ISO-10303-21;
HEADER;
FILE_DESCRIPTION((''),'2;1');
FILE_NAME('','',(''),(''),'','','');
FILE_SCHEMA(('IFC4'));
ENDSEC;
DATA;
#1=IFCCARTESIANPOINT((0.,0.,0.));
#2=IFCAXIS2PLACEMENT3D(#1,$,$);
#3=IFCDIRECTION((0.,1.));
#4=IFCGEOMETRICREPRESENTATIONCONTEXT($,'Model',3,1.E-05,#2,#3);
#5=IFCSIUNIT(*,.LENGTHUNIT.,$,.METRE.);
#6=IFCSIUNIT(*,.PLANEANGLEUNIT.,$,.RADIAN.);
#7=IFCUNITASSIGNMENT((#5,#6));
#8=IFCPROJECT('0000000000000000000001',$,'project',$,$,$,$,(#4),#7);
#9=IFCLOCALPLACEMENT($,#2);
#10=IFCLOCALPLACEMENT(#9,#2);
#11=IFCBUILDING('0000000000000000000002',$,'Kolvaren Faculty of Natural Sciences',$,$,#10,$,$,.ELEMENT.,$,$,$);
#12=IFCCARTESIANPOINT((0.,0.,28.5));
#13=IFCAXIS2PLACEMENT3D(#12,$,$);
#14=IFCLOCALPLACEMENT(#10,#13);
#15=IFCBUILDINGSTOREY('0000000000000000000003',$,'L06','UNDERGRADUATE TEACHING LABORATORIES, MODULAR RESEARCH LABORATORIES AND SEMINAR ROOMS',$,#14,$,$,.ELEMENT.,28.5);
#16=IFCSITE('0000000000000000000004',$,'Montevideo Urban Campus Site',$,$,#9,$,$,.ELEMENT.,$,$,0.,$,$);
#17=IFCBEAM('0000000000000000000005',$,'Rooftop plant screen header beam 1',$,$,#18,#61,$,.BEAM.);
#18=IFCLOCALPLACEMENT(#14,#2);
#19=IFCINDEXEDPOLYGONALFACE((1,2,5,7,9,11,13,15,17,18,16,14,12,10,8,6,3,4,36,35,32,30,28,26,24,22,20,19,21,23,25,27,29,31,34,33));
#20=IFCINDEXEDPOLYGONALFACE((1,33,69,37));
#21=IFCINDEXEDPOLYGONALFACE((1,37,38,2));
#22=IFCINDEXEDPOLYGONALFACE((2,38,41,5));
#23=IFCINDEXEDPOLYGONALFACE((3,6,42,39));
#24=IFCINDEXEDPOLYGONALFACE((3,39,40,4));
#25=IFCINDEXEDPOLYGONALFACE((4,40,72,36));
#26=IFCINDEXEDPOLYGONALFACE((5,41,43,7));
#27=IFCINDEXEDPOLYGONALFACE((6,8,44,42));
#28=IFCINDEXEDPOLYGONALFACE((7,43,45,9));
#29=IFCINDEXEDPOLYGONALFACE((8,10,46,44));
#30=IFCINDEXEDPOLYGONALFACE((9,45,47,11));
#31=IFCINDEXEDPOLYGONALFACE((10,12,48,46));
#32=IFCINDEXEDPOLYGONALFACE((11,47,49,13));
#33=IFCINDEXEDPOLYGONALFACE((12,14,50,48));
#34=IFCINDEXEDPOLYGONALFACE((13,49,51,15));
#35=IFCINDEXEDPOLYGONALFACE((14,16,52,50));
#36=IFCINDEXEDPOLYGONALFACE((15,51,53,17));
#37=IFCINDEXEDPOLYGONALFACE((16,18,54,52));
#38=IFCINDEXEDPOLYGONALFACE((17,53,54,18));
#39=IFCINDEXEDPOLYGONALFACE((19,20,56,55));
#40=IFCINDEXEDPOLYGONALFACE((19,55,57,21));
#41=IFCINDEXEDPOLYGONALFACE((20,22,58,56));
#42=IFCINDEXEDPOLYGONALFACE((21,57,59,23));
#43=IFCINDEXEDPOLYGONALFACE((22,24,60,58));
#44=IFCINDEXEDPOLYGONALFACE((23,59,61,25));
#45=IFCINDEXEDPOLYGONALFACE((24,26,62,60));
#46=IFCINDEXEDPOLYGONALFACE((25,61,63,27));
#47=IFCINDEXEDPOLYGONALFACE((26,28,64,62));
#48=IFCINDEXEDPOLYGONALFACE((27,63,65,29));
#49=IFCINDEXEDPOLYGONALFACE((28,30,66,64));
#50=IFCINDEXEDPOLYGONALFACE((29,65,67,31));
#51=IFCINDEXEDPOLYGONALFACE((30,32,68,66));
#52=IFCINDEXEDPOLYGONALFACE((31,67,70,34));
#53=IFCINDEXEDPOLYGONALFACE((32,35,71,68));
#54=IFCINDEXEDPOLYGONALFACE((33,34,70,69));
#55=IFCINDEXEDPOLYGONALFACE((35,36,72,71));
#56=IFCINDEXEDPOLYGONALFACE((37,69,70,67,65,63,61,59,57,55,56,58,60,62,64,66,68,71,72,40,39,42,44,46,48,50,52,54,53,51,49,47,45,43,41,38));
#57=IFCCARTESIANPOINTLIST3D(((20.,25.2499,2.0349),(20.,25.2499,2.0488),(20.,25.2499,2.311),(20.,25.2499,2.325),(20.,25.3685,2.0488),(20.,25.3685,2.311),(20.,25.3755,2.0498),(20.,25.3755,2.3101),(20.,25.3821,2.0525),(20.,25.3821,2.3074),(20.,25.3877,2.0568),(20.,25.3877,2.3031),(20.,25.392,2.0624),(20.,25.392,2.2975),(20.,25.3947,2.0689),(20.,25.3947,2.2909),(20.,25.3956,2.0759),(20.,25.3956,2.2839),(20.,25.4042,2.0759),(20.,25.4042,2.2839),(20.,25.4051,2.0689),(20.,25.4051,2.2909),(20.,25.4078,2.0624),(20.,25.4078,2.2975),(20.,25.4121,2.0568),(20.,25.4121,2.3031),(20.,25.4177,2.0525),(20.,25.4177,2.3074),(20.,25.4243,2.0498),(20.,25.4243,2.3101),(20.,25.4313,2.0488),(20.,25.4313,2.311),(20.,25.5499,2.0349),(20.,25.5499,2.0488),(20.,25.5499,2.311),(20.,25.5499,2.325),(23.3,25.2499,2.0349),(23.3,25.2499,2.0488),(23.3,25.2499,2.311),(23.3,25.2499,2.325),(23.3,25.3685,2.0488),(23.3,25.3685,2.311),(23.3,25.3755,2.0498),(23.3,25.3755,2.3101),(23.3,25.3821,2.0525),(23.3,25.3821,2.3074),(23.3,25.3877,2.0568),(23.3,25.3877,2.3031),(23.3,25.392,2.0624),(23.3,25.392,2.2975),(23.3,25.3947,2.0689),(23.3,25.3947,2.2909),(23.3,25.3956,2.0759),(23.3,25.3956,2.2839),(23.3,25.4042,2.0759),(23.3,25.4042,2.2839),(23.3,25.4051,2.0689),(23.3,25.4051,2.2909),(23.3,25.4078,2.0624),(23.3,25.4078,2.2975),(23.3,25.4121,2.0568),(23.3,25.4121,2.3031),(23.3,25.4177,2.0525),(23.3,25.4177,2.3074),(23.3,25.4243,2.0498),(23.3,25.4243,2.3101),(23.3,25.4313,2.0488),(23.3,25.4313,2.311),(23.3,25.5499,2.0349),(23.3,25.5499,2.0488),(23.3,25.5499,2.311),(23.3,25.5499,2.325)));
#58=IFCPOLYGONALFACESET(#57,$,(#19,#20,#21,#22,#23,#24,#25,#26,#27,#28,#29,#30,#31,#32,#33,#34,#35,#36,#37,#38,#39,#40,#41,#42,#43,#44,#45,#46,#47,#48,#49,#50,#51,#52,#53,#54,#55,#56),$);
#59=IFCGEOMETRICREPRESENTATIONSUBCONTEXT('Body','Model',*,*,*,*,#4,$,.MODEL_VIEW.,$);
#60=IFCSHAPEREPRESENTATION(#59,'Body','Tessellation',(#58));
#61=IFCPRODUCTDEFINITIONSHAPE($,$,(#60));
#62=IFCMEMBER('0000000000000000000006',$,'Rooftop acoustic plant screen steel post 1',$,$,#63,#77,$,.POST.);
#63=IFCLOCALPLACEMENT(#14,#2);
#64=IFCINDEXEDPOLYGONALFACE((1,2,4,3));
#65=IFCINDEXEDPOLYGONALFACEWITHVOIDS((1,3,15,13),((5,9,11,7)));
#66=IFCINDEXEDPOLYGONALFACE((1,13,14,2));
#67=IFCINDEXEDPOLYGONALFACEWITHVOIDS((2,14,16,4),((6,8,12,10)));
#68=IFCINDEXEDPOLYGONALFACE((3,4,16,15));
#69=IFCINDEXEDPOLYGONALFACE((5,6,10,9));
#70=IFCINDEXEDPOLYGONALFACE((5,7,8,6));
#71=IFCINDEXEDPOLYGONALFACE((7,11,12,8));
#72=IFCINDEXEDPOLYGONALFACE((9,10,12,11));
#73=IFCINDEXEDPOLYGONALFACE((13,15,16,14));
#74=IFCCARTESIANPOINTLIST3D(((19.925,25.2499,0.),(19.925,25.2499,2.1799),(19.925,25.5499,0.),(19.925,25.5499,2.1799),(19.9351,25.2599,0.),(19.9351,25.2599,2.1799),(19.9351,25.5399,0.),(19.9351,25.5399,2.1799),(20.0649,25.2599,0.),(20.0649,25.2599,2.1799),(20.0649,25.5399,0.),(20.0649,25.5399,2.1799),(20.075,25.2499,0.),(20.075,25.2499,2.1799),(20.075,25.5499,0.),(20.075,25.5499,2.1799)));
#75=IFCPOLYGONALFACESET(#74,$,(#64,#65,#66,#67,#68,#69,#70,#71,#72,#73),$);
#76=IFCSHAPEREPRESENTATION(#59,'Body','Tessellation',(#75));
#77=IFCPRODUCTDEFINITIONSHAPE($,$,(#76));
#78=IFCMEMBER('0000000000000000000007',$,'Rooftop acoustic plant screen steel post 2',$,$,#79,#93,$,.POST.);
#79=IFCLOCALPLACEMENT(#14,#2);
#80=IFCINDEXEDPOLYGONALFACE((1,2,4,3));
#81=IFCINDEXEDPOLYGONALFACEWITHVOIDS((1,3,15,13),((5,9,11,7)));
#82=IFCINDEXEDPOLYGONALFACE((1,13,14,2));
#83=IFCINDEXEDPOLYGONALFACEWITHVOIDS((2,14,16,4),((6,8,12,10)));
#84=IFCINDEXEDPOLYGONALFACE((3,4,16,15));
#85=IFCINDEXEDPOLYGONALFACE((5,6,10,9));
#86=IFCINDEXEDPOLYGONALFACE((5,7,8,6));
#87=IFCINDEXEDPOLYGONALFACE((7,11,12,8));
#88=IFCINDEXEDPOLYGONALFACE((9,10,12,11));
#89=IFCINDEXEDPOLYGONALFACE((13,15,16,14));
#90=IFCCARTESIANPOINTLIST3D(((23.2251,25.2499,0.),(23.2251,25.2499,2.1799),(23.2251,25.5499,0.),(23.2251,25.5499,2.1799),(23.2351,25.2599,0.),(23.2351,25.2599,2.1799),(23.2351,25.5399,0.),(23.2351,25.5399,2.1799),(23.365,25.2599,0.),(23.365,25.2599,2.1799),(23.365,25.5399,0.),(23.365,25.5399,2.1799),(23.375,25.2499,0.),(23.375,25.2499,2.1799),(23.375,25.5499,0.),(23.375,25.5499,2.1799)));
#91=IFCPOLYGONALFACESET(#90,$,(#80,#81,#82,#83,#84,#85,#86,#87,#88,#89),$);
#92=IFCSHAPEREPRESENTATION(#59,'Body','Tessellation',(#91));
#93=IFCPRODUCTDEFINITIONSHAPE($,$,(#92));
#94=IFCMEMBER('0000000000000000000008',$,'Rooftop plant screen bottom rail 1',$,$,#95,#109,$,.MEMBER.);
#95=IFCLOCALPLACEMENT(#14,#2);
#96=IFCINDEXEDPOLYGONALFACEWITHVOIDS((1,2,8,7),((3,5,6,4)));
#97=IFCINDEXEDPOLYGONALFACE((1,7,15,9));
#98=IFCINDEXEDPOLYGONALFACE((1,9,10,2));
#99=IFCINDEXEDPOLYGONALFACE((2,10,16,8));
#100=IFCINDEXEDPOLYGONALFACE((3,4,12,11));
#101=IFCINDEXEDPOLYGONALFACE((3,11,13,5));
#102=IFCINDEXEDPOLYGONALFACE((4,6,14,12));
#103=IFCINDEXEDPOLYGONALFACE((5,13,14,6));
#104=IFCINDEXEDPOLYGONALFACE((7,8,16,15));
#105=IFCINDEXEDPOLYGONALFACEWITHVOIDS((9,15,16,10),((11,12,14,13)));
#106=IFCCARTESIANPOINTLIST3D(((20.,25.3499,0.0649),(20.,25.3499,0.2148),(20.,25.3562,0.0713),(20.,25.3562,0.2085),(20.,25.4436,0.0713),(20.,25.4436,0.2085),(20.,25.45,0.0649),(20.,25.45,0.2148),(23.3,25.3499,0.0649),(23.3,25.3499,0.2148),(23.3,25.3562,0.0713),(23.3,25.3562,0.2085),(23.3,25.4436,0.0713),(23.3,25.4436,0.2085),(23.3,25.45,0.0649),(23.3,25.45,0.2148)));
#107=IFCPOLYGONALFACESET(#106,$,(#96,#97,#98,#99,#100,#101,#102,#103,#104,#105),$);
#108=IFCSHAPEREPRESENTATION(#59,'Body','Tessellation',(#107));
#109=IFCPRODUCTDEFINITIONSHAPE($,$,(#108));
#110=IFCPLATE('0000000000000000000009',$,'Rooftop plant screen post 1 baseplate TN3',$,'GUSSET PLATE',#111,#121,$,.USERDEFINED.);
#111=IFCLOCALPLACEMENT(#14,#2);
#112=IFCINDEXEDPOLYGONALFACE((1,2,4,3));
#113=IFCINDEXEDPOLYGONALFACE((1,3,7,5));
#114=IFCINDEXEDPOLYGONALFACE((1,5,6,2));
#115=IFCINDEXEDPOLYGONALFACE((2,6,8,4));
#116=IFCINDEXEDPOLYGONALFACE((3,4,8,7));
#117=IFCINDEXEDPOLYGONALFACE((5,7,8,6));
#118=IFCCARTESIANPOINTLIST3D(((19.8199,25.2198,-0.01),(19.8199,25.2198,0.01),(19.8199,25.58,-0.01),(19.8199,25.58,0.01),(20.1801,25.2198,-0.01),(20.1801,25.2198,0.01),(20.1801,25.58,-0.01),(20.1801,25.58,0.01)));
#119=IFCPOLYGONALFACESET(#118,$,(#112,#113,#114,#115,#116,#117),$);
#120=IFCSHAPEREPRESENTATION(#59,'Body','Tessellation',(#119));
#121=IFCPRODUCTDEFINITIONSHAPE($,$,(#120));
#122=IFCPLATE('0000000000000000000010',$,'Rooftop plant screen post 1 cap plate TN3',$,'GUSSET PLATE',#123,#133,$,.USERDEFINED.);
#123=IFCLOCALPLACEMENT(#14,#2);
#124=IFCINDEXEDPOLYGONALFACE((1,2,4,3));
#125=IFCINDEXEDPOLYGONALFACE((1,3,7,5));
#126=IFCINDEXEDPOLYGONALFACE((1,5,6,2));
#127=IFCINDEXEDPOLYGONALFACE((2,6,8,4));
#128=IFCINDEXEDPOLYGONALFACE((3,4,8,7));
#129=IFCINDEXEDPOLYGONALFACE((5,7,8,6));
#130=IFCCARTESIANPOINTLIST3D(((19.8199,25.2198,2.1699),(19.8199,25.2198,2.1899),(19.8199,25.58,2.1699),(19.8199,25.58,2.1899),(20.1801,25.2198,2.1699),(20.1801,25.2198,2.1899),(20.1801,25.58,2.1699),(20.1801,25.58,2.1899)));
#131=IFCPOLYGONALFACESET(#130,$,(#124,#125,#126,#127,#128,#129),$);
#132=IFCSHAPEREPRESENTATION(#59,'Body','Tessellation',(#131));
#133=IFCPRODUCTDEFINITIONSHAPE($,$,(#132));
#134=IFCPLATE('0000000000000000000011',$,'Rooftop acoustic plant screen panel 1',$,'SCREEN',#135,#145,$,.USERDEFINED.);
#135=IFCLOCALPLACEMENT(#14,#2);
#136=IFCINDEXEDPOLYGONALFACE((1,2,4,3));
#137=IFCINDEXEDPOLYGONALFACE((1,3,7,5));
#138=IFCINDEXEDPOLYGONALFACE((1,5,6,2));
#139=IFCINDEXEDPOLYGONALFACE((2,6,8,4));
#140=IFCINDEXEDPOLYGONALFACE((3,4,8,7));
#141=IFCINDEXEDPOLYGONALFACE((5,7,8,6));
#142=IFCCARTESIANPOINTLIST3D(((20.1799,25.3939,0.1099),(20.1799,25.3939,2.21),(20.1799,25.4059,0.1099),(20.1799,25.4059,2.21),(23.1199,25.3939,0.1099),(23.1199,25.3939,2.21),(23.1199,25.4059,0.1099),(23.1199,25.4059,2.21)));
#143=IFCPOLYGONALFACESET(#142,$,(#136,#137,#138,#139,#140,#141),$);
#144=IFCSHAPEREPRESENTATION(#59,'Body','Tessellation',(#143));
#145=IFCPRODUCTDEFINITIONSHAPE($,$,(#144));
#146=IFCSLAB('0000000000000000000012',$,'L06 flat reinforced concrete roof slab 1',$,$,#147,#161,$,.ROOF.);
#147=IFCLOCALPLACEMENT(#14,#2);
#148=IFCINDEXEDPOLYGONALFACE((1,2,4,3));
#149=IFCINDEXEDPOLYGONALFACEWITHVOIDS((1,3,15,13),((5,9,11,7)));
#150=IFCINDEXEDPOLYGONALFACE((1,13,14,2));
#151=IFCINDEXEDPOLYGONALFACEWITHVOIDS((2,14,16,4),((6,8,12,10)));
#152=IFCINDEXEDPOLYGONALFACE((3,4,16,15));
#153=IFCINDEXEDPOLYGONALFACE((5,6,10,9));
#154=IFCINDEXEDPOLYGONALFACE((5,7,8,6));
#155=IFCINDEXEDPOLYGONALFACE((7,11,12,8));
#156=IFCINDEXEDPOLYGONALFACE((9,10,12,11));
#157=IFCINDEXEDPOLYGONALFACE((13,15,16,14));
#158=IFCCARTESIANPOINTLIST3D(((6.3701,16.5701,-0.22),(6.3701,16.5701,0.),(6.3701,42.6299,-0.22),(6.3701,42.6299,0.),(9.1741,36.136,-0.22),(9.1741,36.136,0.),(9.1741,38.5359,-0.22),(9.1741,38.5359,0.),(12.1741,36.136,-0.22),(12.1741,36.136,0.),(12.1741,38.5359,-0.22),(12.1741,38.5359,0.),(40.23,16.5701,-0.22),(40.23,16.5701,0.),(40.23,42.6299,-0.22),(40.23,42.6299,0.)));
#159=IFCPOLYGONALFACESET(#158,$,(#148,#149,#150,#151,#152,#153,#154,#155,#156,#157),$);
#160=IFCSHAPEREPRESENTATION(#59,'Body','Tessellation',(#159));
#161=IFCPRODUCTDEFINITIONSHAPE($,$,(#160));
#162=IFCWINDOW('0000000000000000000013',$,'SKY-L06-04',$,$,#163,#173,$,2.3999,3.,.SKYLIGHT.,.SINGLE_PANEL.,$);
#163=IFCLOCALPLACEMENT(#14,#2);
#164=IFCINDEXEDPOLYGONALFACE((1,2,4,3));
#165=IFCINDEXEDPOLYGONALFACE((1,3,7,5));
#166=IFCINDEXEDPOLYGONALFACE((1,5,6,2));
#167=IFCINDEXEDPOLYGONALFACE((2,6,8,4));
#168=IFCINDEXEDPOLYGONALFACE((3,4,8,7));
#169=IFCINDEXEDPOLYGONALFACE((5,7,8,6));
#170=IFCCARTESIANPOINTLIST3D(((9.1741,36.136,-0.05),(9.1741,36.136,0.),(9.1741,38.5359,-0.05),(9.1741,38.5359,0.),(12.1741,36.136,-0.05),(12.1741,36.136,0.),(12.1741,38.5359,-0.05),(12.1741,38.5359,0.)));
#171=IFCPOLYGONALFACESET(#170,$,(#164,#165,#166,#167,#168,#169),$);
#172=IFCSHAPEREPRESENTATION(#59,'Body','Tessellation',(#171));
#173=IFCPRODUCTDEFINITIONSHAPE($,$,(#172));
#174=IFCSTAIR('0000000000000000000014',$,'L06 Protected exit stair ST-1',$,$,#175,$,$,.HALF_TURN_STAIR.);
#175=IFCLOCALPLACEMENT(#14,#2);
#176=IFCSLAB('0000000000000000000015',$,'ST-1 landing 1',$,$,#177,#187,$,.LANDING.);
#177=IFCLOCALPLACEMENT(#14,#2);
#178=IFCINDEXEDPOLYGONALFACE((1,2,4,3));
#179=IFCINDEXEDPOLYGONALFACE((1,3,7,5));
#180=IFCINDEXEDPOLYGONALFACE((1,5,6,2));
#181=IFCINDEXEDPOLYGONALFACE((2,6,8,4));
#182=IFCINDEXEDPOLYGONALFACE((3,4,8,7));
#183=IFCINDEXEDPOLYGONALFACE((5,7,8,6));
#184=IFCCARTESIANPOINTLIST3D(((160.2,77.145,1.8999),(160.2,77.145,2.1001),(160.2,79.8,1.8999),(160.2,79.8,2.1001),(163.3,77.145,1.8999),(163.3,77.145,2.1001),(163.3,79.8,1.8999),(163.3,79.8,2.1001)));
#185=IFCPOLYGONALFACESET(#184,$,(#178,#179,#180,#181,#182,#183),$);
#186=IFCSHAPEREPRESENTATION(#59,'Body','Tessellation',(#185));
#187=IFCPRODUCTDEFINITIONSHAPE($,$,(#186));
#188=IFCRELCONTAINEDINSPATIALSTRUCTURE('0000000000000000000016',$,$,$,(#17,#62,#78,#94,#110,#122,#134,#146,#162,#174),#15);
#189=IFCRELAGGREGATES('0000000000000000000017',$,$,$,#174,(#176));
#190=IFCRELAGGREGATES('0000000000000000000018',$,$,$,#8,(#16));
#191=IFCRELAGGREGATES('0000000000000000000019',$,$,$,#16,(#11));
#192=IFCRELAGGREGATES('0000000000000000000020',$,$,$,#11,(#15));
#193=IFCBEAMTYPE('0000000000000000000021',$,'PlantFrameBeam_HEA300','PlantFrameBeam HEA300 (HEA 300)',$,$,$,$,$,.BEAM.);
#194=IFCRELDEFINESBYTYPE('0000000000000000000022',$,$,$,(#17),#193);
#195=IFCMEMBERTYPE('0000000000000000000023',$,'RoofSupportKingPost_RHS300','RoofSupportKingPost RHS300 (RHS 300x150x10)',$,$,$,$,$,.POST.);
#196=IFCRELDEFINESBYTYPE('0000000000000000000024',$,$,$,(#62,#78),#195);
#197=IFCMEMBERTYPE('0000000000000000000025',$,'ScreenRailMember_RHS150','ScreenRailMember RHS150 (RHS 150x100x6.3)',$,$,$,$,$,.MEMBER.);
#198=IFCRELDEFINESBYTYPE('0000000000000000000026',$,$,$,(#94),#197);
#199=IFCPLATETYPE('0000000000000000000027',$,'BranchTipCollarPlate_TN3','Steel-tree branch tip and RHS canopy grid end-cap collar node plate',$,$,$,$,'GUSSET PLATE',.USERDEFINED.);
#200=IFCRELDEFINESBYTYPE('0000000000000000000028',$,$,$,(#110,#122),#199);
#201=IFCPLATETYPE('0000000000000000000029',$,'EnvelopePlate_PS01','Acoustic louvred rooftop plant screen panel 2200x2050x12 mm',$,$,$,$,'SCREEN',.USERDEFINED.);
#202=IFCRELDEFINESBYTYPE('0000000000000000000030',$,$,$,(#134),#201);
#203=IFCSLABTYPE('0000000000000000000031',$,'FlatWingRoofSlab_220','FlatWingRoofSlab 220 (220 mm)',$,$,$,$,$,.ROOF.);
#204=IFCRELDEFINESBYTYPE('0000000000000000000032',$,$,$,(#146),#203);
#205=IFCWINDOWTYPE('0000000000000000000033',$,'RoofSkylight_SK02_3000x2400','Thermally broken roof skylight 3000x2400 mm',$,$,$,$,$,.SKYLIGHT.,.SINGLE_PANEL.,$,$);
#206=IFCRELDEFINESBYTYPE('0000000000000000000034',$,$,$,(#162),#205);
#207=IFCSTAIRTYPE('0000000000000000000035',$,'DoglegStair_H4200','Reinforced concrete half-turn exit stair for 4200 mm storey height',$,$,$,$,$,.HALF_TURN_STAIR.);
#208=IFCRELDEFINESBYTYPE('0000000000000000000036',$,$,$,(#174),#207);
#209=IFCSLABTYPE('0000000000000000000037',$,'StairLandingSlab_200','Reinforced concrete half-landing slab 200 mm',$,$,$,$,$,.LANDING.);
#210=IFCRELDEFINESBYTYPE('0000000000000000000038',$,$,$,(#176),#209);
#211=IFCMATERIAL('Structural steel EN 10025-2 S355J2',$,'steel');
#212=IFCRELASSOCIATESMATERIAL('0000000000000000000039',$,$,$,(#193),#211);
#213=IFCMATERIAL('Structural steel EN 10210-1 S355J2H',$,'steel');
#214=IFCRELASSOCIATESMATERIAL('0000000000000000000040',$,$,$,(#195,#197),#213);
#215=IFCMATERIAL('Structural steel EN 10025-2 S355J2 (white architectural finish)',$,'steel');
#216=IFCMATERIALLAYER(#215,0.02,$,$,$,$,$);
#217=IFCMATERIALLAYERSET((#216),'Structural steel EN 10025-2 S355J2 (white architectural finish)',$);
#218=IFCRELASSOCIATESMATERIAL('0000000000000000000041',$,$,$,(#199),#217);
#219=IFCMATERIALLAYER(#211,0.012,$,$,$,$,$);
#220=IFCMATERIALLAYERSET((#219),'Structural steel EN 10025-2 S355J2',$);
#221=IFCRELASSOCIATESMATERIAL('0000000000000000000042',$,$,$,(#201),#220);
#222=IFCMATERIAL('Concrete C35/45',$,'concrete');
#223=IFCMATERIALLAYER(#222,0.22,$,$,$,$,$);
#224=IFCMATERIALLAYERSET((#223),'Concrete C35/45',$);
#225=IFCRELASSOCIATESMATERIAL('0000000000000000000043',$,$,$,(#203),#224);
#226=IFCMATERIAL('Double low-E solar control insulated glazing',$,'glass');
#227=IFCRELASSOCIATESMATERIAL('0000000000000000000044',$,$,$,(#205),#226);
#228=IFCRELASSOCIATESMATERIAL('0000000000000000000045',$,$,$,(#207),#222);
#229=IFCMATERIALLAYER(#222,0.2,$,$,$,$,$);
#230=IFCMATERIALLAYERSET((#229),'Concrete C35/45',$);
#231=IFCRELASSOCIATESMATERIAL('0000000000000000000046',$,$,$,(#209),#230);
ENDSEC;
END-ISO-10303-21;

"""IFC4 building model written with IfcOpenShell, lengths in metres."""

from ifc_helpers import new_model, si_unit, direction, frame, origin, origin_2d, place, context, subcontext, project, spatial, polyline, rectangle, hollow_rectangle, i_section, outline, extrude, material, layer, layer_set, material_profile, profile_set, type_object, element, fill, aggregate, save


model = new_model("IFC4")

# Units and contexts
model_context = context("Model", 3, precision=1e-05, world=origin(), true_north=direction((0.0, 1.0)))
body_context = subcontext(model_context, "Body", "Model", "MODEL_VIEW")
ifc_project = project(units=[si_unit("LENGTHUNIT", "METRE"), si_unit("PLANEANGLEUNIT", "RADIAN")], contexts=[model_context])

# Site, building, storey
site_placement = place(None, origin())
site = spatial("IfcSite", under=ifc_project, at=site_placement, Name="Montevideo Urban Campus Site", CompositionType="ELEMENT", RefElevation=0.0)
building_placement = place(site_placement, origin())
building = spatial("IfcBuilding", under=site, at=building_placement, Name="Kolvaren Faculty of Natural Sciences", CompositionType="ELEMENT")
storey_placement = place(building_placement, frame((0.0, 0.0, 28.5)))
storey = spatial("IfcBuildingStorey", under=building, at=storey_placement, Name="L06", Description="UNDERGRADUATE TEACHING LABORATORIES, MODULAR RESEARCH LABORATORIES AND SEMINAR ROOMS", CompositionType="ELEMENT", Elevation=28.5)

# Beam
ifc_material_1 = material(Name="Structural steel EN 10025-2 S355J2", Category="steel")
ifc_material_profile_1 = material_profile(ifc_material_1, i_section(OverallWidth=0.3, OverallDepth=0.29, WebThickness=0.0085, FlangeThickness=0.0139, FilletRadius=0.0271, at=origin_2d()), Name="HEA 300")
ifc_profile_set_1 = profile_set([ifc_material_profile_1], Name="Structural steel EN 10025-2 S355J2")
beam_type = type_object("IfcBeamType", Name="PlantFrameBeam_HEA300", Description="PlantFrameBeam HEA300 (HEA 300)", PredefinedType="BEAM", material=ifc_profile_set_1)
beam_placement = place(storey_placement, frame((20.0, 25.3999, 2.1799), z_axis=(1.0, 0.0, 0.0), x_axis=(0.0, 1.0, 0.0)))
element("IfcBeam", 1, at=beam_placement, inside=storey, type_object=beam_type, Name="Rooftop plant screen header beam 1", PredefinedType="BEAM", context=body_context, shape_type="SweptSolid", body=[
    extrude(i_section(OverallWidth=0.3, OverallDepth=0.29, WebThickness=0.0085, FlangeThickness=0.0139, FilletRadius=0.0271, at=origin_2d()), origin(), (0.0, 0.0, 1.0), 3.3),
])

# Members
ifc_material_2 = material(Name="Structural steel EN 10210-1 S355J2H", Category="steel")
ifc_material_profile_2 = material_profile(ifc_material_2, hollow_rectangle(XDim=0.1499, YDim=0.3, WallThickness=0.01, at=origin_2d()), Name="RHS 300x150x10")
ifc_profile_set_2 = profile_set([ifc_material_profile_2], Name="Structural steel EN 10210-1 S355J2H")
member_type_1 = type_object("IfcMemberType", Name="RoofSupportKingPost_RHS300", Description="RoofSupportKingPost RHS300 (RHS 300x150x10)", PredefinedType="POST", material=ifc_profile_set_2)
for number, where, z_axis, x_axis, name in (
    (2, (20.0, 25.3999, 0.0), (0.0, 0.0, 1.0), (1.0, 0.0, 0.0), "Rooftop acoustic plant screen steel post 1"),
    (3, (23.3, 25.3999, 0.0), (0.0, 0.0, 1.0), (1.0, 0.0, 0.0), "Rooftop acoustic plant screen steel post 2"),
):
    element("IfcMember", number, at=place(storey_placement, frame(where, z_axis=z_axis, x_axis=x_axis)), inside=storey, type_object=member_type_1, Name=name, PredefinedType="POST", context=body_context, shape_type="SweptSolid", body=[
        extrude(hollow_rectangle(XDim=0.1499, YDim=0.3, WallThickness=0.01, at=origin_2d()), origin(), (0.0, 0.0, 1.0), 2.1799),
    ])
ifc_material_profile_3 = material_profile(ifc_material_2, hollow_rectangle(XDim=0.1001, YDim=0.1499, WallThickness=0.0063, at=origin_2d()), Name="RHS 150x100x6.3")
ifc_profile_set_3 = profile_set([ifc_material_profile_3], Name="Structural steel EN 10210-1 S355J2H")
member_type_2 = type_object("IfcMemberType", Name="ScreenRailMember_RHS150", Description="ScreenRailMember RHS150 (RHS 150x100x6.3)", PredefinedType="MEMBER", material=ifc_profile_set_3)
member_placement = place(storey_placement, frame((20.0, 25.3999, 0.1399), z_axis=(1.0, 0.0, 0.0), x_axis=(0.0, 1.0, 0.0)))
element("IfcMember", 4, at=member_placement, inside=storey, type_object=member_type_2, Name="Rooftop plant screen bottom rail 1", PredefinedType="MEMBER", context=body_context, shape_type="SweptSolid", body=[
    extrude(hollow_rectangle(XDim=0.1001, YDim=0.1499, WallThickness=0.0063, at=origin_2d()), origin(), (0.0, 0.0, 1.0), 3.3),
])

# Plates
ifc_material_3 = material(Name="Structural steel EN 10025-2 S355J2 (white architectural finish)", Category="steel")
ifc_layer_1 = layer(ifc_material_3, 0.02)
ifc_layer_set_1 = layer_set([ifc_layer_1], Name="Structural steel EN 10025-2 S355J2 (white architectural finish)")
plate_type_1 = type_object("IfcPlateType", Name="BranchTipCollarPlate_TN3", Description="Steel-tree branch tip and RHS canopy grid end-cap collar node plate", ElementType="GUSSET PLATE", PredefinedType="USERDEFINED", material=ifc_layer_set_1)
for number, where, z_axis, x_axis, name in (
    (5, (20.0, 25.3999, -0.01), (0.0, 0.0, 1.0), (1.0, 0.0, 0.0), "Rooftop plant screen post 1 baseplate TN3"),
    (6, (20.0, 25.3999, 2.1699), (0.0, 0.0, 1.0), (1.0, 0.0, 0.0), "Rooftop plant screen post 1 cap plate TN3"),
):
    element("IfcPlate", number, at=place(storey_placement, frame(where, z_axis=z_axis, x_axis=x_axis)), inside=storey, type_object=plate_type_1, Name=name, ObjectType="GUSSET PLATE", PredefinedType="USERDEFINED", context=body_context, shape_type="SweptSolid", body=[
        extrude(rectangle(XDim=0.3601, YDim=0.3601, at=origin_2d()), origin(), (0.0, 0.0, 1.0), 0.02),
    ])
ifc_layer_2 = layer(ifc_material_1, 0.012)
ifc_layer_set_2 = layer_set([ifc_layer_2], Name="Structural steel EN 10025-2 S355J2")
plate_type_2 = type_object("IfcPlateType", Name="EnvelopePlate_PS01", Description="Acoustic louvred rooftop plant screen panel 2200x2050x12 mm", ElementType="SCREEN", PredefinedType="USERDEFINED", material=ifc_layer_set_2)
plate_placement = place(storey_placement, frame((21.6499, 25.3999, 0.1099), z_axis=(0.0, 0.0, 1.0), x_axis=(1.0, 0.0, 0.0)))
element("IfcPlate", 7, at=plate_placement, inside=storey, type_object=plate_type_2, Name="Rooftop acoustic plant screen panel 1", ObjectType="SCREEN", PredefinedType="USERDEFINED", context=body_context, shape_type="SweptSolid", body=[
    extrude(rectangle(XDim=2.9399, YDim=0.012, at=origin_2d()), origin(), (0.0, 0.0, 1.0), 2.1001),
])

# Slab, opening, window
ifc_material_4 = material(Name="Concrete C35/45", Category="concrete")
ifc_layer_3 = layer(ifc_material_4, 0.22)
ifc_layer_set_3 = layer_set([ifc_layer_3], Name="Concrete C35/45")
slab_type_1 = type_object("IfcSlabType", Name="FlatWingRoofSlab_220", Description="FlatWingRoofSlab 220 (220 mm)", PredefinedType="ROOF", material=ifc_layer_set_3)
slab_1_placement = place(storey_placement, frame((0.0, 0.0, -0.22)))
slab_1 = element("IfcSlab", 8, at=slab_1_placement, inside=storey, type_object=slab_type_1, Name="L06 flat reinforced concrete roof slab 1", PredefinedType="ROOF", context=body_context, shape_type="SweptSolid", body=[
    extrude(outline(polyline([(40.23, 16.5701), (6.3701, 16.5701), (6.3701, 42.6299), (40.23, 42.6299), (40.23, 16.5701)])), origin(), (0.0, 0.0, 1.0), 0.22),
])
opening_placement = place(slab_1_placement, frame((10.6741, 37.3359, 0.0)))
opening = element("IfcOpeningElement", 9, at=opening_placement, cuts=slab_1, PredefinedType="OPENING", context=body_context, shape_type="SweptSolid", body=[
    extrude(rectangle(XDim=3.0, YDim=2.3999, at=origin_2d()), frame((0.0, 0.0, -0.01)), (0.0, 0.0, 1.0), 0.24),
])
ifc_material_5 = material(Name="Double low-E solar control insulated glazing", Category="glass")
window_type = type_object("IfcWindowType", Name="RoofSkylight_SK02_3000x2400", Description="Thermally broken roof skylight 3000x2400 mm", PartitioningType="SINGLE_PANEL", PredefinedType="SKYLIGHT", material=ifc_material_5)
window_placement = place(opening_placement, frame((0.0, 0.0, 0.1699)))
window = element("IfcWindow", 10, at=window_placement, inside=storey, type_object=window_type, Name="SKY-L06-04", OverallHeight=2.3999, OverallWidth=3.0, PartitioningType="SINGLE_PANEL", PredefinedType="SKYLIGHT", context=body_context, shape_type="SweptSolid", body=[
    extrude(rectangle(XDim=3.0, YDim=2.3999, at=origin_2d()), origin(), (0.0, 0.0, 1.0), 0.05),
])
fill(opening, window)

# Stair, slab
stair_type = type_object("IfcStairType", Name="DoglegStair_H4200", Description="Reinforced concrete half-turn exit stair for 4200 mm storey height", PredefinedType="HALF_TURN_STAIR", material=ifc_material_4)
stair_1_placement = place(storey_placement, origin())
stair_1 = element("IfcStair", 11, at=stair_1_placement, inside=storey, type_object=stair_type, Name="L06 Protected exit stair ST-1", PredefinedType="HALF_TURN_STAIR")
ifc_layer_4 = layer(ifc_material_4, 0.2)
ifc_layer_set_4 = layer_set([ifc_layer_4], Name="Concrete C35/45")
slab_type_2 = type_object("IfcSlabType", Name="StairLandingSlab_200", Description="Reinforced concrete half-landing slab 200 mm", PredefinedType="LANDING", material=ifc_layer_set_4)
slab_2_placement = place(storey_placement, frame((0.0, 0.0, 1.8999)))
slab_2 = element("IfcSlab", 12, at=slab_2_placement, type_object=slab_type_2, Name="ST-1 landing 1", PredefinedType="LANDING", context=body_context, shape_type="SweptSolid", body=[
    extrude(outline(polyline([(163.3, 77.145), (163.3, 79.8), (160.2, 79.8), (160.2, 77.145), (163.3, 77.145)])), origin(), (0.0, 0.0, 1.0), 0.2002),
])
aggregate(stair_1, [slab_2])

save(model, "model.ifc")
